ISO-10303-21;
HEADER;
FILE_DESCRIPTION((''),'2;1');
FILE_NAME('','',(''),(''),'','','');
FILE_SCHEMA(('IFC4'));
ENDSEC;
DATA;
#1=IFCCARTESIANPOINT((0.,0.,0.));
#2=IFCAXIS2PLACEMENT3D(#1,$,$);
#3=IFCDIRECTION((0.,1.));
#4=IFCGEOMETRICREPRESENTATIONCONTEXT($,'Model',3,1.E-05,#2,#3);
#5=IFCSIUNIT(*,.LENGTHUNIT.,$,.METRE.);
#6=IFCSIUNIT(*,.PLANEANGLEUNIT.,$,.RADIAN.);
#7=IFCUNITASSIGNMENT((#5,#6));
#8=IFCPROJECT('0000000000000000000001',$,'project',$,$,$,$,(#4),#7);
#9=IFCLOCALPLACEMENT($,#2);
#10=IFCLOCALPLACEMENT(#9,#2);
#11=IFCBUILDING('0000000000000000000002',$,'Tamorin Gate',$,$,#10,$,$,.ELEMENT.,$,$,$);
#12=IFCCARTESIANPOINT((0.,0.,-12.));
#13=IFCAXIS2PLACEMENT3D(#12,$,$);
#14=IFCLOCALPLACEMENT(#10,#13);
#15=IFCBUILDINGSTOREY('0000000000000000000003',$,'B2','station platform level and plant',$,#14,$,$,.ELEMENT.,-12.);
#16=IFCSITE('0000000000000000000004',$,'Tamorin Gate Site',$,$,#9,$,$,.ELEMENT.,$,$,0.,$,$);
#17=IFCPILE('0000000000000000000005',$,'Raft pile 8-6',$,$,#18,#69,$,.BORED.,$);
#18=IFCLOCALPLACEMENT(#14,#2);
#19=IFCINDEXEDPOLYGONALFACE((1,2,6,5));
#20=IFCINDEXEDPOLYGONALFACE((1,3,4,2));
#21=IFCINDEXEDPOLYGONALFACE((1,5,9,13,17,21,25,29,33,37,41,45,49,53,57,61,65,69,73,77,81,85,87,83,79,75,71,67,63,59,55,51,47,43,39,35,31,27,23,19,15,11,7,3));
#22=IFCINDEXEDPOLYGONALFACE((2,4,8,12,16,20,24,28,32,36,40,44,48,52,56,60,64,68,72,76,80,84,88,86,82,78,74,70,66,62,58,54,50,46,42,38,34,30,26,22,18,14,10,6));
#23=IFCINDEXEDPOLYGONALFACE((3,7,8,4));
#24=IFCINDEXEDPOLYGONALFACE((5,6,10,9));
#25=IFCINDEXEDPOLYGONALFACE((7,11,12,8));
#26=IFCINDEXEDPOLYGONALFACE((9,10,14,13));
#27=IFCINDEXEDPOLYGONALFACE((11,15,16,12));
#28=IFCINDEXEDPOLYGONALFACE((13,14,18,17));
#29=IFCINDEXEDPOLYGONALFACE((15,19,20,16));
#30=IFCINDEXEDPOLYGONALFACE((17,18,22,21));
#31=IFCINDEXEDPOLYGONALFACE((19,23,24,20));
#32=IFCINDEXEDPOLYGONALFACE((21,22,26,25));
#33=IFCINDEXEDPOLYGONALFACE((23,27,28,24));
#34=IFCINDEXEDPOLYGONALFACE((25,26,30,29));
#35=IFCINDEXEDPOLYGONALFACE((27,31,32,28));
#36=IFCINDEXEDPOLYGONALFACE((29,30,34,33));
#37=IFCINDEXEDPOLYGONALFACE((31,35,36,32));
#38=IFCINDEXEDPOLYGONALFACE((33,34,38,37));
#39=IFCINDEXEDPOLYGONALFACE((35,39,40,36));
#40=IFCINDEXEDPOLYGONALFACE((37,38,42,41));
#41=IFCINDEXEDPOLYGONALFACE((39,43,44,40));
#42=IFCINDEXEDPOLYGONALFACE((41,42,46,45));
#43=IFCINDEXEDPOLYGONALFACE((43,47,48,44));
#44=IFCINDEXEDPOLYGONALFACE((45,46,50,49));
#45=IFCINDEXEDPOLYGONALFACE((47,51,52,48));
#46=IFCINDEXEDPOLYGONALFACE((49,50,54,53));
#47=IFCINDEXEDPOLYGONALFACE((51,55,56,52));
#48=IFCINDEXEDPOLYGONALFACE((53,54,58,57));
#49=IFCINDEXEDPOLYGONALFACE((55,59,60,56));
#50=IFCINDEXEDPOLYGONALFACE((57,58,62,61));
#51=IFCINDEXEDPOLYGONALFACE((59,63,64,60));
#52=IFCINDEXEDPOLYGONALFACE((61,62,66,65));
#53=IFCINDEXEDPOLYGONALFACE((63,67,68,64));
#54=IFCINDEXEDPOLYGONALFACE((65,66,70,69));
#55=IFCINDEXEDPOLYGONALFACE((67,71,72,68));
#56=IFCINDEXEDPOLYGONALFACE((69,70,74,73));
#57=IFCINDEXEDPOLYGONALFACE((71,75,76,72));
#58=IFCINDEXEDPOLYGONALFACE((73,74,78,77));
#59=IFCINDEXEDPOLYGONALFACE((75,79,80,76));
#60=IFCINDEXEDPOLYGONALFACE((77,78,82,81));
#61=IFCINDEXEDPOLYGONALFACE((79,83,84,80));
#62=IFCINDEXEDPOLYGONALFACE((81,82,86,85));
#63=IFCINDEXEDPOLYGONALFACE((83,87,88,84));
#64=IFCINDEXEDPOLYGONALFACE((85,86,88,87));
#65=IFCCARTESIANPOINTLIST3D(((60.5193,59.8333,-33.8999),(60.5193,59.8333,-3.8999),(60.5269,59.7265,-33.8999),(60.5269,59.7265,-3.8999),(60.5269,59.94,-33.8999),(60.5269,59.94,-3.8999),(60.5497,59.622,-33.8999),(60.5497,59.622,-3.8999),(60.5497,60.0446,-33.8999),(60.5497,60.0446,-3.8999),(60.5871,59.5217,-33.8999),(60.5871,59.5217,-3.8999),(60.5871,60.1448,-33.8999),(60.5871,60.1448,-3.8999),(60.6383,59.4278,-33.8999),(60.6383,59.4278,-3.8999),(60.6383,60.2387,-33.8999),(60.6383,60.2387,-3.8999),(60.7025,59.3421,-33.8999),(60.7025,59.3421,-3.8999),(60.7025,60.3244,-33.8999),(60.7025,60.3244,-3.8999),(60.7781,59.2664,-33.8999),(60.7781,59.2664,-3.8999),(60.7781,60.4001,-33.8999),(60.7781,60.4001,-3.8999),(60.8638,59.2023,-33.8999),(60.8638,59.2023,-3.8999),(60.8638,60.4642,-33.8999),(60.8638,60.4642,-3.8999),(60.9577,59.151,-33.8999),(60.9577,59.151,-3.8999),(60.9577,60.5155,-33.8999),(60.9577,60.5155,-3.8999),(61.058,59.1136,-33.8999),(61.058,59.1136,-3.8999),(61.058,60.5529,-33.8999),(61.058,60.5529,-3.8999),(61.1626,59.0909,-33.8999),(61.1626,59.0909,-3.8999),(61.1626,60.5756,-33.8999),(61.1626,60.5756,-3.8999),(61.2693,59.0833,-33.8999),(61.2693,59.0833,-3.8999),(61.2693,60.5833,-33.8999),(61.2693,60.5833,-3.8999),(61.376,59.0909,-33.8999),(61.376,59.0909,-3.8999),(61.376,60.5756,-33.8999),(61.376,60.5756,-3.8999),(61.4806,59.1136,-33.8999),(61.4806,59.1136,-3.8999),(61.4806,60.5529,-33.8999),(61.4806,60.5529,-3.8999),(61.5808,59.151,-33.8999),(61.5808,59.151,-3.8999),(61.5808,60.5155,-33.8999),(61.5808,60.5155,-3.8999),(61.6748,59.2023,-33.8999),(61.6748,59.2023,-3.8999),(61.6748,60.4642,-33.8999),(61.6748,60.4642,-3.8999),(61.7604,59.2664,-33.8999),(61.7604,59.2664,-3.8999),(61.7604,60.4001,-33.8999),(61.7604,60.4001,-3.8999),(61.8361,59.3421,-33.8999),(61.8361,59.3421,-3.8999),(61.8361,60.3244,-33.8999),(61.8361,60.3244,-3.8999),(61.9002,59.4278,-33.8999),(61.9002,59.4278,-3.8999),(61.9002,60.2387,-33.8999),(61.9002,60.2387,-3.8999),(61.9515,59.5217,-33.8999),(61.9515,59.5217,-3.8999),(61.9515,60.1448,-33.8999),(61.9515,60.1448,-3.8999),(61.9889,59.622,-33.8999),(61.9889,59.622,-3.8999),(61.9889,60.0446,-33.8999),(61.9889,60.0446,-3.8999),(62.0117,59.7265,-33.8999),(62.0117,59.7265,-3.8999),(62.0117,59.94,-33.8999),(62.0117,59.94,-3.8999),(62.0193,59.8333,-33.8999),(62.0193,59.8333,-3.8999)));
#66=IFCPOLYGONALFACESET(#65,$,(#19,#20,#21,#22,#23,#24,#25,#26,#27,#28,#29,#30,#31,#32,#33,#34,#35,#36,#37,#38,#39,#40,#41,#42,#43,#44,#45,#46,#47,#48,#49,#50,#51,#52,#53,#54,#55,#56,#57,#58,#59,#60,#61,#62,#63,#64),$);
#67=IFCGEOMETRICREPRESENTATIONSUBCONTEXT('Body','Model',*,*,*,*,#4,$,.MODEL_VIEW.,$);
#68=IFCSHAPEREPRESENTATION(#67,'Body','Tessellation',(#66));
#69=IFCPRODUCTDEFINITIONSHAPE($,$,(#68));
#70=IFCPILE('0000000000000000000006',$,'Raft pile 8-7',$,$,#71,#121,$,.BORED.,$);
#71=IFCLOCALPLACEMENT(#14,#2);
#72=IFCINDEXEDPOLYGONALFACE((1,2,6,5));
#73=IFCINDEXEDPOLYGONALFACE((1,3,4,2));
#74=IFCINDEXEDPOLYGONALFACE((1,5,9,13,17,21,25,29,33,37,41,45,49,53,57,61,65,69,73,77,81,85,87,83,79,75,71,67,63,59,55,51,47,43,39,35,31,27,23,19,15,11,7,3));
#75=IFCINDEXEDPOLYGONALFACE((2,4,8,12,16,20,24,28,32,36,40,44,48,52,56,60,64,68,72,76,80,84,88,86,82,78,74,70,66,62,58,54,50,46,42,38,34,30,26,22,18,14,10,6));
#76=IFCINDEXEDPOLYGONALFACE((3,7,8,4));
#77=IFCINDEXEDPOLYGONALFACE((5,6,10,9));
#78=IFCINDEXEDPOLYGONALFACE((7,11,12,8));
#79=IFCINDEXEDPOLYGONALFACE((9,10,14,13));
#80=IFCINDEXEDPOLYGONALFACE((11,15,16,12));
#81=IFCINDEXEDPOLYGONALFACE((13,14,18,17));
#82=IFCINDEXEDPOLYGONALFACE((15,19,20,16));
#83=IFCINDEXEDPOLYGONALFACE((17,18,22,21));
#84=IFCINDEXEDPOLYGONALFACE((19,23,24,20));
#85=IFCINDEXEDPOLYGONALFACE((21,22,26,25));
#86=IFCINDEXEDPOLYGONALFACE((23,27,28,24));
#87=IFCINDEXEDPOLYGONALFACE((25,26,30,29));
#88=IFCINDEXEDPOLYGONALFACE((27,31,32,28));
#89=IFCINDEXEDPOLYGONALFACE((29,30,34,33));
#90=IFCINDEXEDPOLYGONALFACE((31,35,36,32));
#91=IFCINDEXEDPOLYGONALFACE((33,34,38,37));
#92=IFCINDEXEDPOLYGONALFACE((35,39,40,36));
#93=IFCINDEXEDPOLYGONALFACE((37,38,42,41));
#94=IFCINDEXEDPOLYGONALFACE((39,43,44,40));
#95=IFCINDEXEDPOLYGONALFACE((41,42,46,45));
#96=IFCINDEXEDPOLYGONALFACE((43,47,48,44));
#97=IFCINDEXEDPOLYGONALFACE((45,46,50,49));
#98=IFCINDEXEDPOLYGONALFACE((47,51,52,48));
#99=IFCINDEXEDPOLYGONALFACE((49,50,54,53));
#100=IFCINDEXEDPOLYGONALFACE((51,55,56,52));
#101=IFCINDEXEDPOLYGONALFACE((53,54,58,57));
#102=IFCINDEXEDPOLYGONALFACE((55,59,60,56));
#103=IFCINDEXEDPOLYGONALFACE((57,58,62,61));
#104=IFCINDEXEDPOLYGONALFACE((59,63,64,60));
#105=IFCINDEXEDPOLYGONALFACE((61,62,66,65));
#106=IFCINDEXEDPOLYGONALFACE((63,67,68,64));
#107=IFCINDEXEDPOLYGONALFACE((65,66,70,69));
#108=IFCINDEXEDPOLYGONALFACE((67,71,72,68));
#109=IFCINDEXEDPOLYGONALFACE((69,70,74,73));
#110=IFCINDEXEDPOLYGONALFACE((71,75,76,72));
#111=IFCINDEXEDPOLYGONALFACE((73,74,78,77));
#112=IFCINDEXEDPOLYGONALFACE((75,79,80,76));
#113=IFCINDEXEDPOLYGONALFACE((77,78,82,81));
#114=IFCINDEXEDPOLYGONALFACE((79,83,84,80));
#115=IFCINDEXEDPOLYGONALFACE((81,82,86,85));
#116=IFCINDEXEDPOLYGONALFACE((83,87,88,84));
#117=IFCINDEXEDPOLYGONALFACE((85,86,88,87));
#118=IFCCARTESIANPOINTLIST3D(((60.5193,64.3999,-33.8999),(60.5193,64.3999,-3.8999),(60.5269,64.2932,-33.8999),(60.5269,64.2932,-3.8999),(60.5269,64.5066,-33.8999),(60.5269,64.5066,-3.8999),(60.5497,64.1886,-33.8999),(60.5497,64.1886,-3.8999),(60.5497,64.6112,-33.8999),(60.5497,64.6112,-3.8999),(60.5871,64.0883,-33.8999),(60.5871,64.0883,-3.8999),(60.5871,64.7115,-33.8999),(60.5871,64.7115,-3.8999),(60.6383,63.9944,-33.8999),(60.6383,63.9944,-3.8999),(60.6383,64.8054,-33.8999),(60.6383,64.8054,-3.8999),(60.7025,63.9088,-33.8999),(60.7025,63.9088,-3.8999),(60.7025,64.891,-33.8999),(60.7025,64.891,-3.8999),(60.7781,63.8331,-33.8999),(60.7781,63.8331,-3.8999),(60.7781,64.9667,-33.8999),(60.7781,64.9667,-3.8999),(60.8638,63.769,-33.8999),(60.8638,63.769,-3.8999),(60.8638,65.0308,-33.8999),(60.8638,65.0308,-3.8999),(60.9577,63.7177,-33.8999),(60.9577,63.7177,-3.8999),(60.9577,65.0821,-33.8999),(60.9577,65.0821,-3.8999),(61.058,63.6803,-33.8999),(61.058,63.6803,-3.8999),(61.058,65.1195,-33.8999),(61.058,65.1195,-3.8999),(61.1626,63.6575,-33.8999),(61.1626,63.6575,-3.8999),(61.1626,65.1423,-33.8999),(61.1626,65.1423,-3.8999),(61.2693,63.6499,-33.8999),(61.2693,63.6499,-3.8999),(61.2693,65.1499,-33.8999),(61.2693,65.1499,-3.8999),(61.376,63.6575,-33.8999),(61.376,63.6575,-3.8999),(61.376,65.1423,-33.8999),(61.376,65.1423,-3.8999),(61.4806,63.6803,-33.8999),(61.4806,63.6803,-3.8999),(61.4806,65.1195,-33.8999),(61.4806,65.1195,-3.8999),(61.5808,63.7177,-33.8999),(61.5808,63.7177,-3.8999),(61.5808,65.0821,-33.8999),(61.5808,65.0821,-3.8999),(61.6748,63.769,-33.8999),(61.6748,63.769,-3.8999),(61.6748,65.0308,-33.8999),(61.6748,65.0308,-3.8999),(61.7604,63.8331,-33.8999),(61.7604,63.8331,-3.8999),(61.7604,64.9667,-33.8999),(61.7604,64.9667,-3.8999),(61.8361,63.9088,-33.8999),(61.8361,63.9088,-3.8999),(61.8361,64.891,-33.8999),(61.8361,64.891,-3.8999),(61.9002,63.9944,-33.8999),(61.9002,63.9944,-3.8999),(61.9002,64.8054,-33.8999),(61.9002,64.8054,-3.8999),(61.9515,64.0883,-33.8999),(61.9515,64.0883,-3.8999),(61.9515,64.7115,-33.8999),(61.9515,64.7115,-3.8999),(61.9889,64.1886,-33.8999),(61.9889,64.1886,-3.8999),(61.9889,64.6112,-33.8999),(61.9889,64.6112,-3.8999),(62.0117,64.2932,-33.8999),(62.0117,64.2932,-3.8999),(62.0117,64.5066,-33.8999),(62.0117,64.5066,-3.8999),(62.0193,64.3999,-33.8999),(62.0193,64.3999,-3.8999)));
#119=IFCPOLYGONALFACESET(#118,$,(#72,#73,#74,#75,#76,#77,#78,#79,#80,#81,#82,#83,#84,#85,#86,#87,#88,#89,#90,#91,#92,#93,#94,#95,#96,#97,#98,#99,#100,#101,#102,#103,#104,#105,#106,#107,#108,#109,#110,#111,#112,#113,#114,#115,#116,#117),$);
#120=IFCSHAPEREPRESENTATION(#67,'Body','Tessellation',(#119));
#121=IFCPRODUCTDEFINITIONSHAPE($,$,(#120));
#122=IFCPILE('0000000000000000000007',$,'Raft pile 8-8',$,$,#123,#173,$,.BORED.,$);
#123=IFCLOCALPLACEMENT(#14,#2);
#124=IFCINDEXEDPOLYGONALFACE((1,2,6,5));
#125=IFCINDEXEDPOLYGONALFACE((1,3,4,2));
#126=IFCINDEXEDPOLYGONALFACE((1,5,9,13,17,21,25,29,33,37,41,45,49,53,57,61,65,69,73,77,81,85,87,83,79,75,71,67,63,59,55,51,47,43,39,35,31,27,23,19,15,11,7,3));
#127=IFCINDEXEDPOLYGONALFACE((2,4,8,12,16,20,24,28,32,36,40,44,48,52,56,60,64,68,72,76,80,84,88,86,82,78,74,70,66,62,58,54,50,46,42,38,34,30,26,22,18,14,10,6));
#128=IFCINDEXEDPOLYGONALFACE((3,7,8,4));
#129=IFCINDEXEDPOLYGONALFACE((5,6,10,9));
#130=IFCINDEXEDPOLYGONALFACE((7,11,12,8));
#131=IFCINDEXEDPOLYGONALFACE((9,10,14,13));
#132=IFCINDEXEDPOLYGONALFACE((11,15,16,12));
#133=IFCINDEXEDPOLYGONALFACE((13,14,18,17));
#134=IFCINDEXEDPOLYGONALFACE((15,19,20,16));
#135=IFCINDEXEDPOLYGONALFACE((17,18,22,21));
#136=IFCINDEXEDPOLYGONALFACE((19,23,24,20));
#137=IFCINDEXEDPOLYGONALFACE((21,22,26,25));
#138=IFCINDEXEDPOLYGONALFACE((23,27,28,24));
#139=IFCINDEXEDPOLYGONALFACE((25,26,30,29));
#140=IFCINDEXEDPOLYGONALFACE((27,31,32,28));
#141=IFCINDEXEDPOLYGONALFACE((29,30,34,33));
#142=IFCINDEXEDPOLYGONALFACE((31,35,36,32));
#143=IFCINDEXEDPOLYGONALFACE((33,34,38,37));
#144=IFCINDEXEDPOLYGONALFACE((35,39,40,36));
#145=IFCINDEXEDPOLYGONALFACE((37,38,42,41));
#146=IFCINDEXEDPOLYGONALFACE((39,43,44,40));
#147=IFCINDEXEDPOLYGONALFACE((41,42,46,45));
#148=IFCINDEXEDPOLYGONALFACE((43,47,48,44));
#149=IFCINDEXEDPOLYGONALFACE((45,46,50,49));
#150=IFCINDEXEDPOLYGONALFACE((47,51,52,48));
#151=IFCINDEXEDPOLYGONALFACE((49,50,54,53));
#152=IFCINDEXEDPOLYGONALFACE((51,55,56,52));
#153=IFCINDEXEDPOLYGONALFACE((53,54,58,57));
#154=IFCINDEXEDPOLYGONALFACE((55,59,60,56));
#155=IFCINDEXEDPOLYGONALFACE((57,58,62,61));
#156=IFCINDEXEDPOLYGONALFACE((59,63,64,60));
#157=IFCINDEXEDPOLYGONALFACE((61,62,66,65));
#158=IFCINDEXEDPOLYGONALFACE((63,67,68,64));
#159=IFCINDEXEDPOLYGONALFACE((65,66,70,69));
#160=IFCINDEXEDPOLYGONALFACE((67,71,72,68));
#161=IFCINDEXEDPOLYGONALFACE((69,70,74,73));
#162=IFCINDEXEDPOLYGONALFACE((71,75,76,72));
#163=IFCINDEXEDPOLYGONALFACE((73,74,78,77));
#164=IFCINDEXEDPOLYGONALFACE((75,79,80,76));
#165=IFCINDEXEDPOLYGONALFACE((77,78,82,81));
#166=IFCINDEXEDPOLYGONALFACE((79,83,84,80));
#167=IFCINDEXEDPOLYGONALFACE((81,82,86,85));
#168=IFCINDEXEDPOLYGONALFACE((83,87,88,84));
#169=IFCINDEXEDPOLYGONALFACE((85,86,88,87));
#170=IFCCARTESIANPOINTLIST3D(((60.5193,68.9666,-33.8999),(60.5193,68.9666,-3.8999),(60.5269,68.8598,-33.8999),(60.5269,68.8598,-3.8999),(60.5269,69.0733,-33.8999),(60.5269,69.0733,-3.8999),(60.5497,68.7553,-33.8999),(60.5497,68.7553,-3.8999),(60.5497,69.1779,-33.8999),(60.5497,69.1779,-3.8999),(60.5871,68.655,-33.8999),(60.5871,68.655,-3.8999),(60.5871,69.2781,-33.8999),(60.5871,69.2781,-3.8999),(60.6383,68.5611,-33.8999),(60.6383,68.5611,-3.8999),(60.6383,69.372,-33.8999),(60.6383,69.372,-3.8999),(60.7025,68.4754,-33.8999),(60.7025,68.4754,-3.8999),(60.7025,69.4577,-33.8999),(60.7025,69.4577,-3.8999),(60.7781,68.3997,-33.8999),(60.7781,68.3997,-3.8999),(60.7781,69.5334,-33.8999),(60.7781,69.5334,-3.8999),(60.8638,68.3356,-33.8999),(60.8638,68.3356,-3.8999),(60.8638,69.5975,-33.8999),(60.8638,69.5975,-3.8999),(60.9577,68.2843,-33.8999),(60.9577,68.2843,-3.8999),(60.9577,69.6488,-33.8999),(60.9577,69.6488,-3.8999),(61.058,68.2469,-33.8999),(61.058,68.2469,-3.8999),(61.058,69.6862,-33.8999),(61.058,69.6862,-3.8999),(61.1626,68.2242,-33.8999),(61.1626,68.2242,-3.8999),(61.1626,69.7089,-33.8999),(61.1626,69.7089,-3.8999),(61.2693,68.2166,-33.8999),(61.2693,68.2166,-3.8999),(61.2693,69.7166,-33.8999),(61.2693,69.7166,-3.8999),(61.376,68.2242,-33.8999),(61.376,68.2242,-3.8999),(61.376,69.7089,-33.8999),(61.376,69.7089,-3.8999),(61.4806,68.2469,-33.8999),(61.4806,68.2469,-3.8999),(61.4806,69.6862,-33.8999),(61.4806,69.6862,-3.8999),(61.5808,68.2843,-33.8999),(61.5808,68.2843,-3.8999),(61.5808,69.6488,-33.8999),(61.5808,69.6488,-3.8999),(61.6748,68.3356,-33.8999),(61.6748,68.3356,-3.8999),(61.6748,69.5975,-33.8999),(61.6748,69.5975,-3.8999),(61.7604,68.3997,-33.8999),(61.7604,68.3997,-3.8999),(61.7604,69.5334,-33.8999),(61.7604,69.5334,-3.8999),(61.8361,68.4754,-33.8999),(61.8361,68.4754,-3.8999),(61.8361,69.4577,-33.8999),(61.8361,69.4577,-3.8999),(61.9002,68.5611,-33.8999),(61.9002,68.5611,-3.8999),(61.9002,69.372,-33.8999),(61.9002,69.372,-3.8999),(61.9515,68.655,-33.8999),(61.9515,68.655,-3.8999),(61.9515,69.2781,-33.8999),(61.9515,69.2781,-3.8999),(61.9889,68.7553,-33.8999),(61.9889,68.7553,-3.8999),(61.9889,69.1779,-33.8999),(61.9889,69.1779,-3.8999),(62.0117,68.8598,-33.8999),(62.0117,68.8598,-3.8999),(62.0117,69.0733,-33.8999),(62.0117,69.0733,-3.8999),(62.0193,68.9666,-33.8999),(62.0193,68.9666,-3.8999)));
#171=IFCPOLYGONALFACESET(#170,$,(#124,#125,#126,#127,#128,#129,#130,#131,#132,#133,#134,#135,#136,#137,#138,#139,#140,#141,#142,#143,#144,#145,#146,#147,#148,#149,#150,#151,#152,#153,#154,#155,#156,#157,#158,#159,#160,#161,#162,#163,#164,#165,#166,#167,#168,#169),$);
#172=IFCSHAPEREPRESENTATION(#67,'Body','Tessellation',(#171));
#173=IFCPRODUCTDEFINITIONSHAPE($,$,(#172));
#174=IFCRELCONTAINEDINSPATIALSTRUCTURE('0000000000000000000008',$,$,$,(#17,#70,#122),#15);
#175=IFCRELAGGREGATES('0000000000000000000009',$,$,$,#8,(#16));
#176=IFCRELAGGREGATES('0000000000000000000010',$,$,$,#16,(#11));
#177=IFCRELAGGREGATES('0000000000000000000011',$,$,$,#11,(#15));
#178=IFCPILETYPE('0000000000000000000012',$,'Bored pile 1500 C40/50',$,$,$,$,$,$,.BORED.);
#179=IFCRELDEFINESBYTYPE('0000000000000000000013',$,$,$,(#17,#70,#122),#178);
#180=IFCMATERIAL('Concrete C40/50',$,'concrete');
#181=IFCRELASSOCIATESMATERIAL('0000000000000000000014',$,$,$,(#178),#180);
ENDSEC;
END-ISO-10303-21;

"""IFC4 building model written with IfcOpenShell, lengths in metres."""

from ifc_helpers import new_model, si_unit, direction, frame, origin, origin_2d, place, context, subcontext, project, spatial, circle, extrude, material, material_profile, profile_set, type_object, element, save


model = new_model("IFC4")

# Units and contexts
model_context = context("Model", 3, precision=1e-05, world=origin(), true_north=direction((0.0, 1.0)))
body_context = subcontext(model_context, "Body", "Model", "MODEL_VIEW")
ifc_project = project(units=[si_unit("LENGTHUNIT", "METRE"), si_unit("PLANEANGLEUNIT", "RADIAN")], contexts=[model_context])

# Site, building, storey
site_placement = place(None, origin())
site = spatial("IfcSite", under=ifc_project, at=site_placement, Name="Tamorin Gate Site", CompositionType="ELEMENT", RefElevation=0.0)
building_placement = place(site_placement, origin())
building = spatial("IfcBuilding", under=site, at=building_placement, Name="Tamorin Gate", CompositionType="ELEMENT")
storey_placement = place(building_placement, frame((0.0, 0.0, -12.0)))
storey = spatial("IfcBuildingStorey", under=building, at=storey_placement, Name="B2", Description="station platform level and plant", CompositionType="ELEMENT", Elevation=-12.0)

# Piles
ifc_material_1 = material(Name="Concrete C40/50", Category="concrete")
ifc_material_profile_1 = material_profile(ifc_material_1, circle(Radius=0.75, at=origin_2d()))
ifc_profile_set_1 = profile_set([ifc_material_profile_1], Name="Concrete C40/50")
pile_type = type_object("IfcPileType", Name="Bored pile 1500 C40/50", PredefinedType="BORED", material=ifc_profile_set_1)
for number, where, z_axis, x_axis, name in (
    (1, (61.2693, 59.8333, -3.8999), (0.0, 0.0, -1.0), (1.0, 0.0, 0.0), "Raft pile 8-6"),
    (2, (61.2693, 64.3999, -3.8999), (0.0, 0.0, -1.0), (1.0, 0.0, 0.0), "Raft pile 8-7"),
    (3, (61.2693, 68.9666, -3.8999), (0.0, 0.0, -1.0), (1.0, 0.0, 0.0), "Raft pile 8-8"),
):
    element("IfcPile", number, at=place(storey_placement, frame(where, z_axis=z_axis, x_axis=x_axis)), inside=storey, type_object=pile_type, Name=name, PredefinedType="BORED", context=body_context, shape_type="SweptSolid", body=[
        extrude(circle(Radius=0.75, at=origin_2d()), origin(), (0.0, 0.0, 1.0), 30.0),
    ])

save(model, "model.ifc")
